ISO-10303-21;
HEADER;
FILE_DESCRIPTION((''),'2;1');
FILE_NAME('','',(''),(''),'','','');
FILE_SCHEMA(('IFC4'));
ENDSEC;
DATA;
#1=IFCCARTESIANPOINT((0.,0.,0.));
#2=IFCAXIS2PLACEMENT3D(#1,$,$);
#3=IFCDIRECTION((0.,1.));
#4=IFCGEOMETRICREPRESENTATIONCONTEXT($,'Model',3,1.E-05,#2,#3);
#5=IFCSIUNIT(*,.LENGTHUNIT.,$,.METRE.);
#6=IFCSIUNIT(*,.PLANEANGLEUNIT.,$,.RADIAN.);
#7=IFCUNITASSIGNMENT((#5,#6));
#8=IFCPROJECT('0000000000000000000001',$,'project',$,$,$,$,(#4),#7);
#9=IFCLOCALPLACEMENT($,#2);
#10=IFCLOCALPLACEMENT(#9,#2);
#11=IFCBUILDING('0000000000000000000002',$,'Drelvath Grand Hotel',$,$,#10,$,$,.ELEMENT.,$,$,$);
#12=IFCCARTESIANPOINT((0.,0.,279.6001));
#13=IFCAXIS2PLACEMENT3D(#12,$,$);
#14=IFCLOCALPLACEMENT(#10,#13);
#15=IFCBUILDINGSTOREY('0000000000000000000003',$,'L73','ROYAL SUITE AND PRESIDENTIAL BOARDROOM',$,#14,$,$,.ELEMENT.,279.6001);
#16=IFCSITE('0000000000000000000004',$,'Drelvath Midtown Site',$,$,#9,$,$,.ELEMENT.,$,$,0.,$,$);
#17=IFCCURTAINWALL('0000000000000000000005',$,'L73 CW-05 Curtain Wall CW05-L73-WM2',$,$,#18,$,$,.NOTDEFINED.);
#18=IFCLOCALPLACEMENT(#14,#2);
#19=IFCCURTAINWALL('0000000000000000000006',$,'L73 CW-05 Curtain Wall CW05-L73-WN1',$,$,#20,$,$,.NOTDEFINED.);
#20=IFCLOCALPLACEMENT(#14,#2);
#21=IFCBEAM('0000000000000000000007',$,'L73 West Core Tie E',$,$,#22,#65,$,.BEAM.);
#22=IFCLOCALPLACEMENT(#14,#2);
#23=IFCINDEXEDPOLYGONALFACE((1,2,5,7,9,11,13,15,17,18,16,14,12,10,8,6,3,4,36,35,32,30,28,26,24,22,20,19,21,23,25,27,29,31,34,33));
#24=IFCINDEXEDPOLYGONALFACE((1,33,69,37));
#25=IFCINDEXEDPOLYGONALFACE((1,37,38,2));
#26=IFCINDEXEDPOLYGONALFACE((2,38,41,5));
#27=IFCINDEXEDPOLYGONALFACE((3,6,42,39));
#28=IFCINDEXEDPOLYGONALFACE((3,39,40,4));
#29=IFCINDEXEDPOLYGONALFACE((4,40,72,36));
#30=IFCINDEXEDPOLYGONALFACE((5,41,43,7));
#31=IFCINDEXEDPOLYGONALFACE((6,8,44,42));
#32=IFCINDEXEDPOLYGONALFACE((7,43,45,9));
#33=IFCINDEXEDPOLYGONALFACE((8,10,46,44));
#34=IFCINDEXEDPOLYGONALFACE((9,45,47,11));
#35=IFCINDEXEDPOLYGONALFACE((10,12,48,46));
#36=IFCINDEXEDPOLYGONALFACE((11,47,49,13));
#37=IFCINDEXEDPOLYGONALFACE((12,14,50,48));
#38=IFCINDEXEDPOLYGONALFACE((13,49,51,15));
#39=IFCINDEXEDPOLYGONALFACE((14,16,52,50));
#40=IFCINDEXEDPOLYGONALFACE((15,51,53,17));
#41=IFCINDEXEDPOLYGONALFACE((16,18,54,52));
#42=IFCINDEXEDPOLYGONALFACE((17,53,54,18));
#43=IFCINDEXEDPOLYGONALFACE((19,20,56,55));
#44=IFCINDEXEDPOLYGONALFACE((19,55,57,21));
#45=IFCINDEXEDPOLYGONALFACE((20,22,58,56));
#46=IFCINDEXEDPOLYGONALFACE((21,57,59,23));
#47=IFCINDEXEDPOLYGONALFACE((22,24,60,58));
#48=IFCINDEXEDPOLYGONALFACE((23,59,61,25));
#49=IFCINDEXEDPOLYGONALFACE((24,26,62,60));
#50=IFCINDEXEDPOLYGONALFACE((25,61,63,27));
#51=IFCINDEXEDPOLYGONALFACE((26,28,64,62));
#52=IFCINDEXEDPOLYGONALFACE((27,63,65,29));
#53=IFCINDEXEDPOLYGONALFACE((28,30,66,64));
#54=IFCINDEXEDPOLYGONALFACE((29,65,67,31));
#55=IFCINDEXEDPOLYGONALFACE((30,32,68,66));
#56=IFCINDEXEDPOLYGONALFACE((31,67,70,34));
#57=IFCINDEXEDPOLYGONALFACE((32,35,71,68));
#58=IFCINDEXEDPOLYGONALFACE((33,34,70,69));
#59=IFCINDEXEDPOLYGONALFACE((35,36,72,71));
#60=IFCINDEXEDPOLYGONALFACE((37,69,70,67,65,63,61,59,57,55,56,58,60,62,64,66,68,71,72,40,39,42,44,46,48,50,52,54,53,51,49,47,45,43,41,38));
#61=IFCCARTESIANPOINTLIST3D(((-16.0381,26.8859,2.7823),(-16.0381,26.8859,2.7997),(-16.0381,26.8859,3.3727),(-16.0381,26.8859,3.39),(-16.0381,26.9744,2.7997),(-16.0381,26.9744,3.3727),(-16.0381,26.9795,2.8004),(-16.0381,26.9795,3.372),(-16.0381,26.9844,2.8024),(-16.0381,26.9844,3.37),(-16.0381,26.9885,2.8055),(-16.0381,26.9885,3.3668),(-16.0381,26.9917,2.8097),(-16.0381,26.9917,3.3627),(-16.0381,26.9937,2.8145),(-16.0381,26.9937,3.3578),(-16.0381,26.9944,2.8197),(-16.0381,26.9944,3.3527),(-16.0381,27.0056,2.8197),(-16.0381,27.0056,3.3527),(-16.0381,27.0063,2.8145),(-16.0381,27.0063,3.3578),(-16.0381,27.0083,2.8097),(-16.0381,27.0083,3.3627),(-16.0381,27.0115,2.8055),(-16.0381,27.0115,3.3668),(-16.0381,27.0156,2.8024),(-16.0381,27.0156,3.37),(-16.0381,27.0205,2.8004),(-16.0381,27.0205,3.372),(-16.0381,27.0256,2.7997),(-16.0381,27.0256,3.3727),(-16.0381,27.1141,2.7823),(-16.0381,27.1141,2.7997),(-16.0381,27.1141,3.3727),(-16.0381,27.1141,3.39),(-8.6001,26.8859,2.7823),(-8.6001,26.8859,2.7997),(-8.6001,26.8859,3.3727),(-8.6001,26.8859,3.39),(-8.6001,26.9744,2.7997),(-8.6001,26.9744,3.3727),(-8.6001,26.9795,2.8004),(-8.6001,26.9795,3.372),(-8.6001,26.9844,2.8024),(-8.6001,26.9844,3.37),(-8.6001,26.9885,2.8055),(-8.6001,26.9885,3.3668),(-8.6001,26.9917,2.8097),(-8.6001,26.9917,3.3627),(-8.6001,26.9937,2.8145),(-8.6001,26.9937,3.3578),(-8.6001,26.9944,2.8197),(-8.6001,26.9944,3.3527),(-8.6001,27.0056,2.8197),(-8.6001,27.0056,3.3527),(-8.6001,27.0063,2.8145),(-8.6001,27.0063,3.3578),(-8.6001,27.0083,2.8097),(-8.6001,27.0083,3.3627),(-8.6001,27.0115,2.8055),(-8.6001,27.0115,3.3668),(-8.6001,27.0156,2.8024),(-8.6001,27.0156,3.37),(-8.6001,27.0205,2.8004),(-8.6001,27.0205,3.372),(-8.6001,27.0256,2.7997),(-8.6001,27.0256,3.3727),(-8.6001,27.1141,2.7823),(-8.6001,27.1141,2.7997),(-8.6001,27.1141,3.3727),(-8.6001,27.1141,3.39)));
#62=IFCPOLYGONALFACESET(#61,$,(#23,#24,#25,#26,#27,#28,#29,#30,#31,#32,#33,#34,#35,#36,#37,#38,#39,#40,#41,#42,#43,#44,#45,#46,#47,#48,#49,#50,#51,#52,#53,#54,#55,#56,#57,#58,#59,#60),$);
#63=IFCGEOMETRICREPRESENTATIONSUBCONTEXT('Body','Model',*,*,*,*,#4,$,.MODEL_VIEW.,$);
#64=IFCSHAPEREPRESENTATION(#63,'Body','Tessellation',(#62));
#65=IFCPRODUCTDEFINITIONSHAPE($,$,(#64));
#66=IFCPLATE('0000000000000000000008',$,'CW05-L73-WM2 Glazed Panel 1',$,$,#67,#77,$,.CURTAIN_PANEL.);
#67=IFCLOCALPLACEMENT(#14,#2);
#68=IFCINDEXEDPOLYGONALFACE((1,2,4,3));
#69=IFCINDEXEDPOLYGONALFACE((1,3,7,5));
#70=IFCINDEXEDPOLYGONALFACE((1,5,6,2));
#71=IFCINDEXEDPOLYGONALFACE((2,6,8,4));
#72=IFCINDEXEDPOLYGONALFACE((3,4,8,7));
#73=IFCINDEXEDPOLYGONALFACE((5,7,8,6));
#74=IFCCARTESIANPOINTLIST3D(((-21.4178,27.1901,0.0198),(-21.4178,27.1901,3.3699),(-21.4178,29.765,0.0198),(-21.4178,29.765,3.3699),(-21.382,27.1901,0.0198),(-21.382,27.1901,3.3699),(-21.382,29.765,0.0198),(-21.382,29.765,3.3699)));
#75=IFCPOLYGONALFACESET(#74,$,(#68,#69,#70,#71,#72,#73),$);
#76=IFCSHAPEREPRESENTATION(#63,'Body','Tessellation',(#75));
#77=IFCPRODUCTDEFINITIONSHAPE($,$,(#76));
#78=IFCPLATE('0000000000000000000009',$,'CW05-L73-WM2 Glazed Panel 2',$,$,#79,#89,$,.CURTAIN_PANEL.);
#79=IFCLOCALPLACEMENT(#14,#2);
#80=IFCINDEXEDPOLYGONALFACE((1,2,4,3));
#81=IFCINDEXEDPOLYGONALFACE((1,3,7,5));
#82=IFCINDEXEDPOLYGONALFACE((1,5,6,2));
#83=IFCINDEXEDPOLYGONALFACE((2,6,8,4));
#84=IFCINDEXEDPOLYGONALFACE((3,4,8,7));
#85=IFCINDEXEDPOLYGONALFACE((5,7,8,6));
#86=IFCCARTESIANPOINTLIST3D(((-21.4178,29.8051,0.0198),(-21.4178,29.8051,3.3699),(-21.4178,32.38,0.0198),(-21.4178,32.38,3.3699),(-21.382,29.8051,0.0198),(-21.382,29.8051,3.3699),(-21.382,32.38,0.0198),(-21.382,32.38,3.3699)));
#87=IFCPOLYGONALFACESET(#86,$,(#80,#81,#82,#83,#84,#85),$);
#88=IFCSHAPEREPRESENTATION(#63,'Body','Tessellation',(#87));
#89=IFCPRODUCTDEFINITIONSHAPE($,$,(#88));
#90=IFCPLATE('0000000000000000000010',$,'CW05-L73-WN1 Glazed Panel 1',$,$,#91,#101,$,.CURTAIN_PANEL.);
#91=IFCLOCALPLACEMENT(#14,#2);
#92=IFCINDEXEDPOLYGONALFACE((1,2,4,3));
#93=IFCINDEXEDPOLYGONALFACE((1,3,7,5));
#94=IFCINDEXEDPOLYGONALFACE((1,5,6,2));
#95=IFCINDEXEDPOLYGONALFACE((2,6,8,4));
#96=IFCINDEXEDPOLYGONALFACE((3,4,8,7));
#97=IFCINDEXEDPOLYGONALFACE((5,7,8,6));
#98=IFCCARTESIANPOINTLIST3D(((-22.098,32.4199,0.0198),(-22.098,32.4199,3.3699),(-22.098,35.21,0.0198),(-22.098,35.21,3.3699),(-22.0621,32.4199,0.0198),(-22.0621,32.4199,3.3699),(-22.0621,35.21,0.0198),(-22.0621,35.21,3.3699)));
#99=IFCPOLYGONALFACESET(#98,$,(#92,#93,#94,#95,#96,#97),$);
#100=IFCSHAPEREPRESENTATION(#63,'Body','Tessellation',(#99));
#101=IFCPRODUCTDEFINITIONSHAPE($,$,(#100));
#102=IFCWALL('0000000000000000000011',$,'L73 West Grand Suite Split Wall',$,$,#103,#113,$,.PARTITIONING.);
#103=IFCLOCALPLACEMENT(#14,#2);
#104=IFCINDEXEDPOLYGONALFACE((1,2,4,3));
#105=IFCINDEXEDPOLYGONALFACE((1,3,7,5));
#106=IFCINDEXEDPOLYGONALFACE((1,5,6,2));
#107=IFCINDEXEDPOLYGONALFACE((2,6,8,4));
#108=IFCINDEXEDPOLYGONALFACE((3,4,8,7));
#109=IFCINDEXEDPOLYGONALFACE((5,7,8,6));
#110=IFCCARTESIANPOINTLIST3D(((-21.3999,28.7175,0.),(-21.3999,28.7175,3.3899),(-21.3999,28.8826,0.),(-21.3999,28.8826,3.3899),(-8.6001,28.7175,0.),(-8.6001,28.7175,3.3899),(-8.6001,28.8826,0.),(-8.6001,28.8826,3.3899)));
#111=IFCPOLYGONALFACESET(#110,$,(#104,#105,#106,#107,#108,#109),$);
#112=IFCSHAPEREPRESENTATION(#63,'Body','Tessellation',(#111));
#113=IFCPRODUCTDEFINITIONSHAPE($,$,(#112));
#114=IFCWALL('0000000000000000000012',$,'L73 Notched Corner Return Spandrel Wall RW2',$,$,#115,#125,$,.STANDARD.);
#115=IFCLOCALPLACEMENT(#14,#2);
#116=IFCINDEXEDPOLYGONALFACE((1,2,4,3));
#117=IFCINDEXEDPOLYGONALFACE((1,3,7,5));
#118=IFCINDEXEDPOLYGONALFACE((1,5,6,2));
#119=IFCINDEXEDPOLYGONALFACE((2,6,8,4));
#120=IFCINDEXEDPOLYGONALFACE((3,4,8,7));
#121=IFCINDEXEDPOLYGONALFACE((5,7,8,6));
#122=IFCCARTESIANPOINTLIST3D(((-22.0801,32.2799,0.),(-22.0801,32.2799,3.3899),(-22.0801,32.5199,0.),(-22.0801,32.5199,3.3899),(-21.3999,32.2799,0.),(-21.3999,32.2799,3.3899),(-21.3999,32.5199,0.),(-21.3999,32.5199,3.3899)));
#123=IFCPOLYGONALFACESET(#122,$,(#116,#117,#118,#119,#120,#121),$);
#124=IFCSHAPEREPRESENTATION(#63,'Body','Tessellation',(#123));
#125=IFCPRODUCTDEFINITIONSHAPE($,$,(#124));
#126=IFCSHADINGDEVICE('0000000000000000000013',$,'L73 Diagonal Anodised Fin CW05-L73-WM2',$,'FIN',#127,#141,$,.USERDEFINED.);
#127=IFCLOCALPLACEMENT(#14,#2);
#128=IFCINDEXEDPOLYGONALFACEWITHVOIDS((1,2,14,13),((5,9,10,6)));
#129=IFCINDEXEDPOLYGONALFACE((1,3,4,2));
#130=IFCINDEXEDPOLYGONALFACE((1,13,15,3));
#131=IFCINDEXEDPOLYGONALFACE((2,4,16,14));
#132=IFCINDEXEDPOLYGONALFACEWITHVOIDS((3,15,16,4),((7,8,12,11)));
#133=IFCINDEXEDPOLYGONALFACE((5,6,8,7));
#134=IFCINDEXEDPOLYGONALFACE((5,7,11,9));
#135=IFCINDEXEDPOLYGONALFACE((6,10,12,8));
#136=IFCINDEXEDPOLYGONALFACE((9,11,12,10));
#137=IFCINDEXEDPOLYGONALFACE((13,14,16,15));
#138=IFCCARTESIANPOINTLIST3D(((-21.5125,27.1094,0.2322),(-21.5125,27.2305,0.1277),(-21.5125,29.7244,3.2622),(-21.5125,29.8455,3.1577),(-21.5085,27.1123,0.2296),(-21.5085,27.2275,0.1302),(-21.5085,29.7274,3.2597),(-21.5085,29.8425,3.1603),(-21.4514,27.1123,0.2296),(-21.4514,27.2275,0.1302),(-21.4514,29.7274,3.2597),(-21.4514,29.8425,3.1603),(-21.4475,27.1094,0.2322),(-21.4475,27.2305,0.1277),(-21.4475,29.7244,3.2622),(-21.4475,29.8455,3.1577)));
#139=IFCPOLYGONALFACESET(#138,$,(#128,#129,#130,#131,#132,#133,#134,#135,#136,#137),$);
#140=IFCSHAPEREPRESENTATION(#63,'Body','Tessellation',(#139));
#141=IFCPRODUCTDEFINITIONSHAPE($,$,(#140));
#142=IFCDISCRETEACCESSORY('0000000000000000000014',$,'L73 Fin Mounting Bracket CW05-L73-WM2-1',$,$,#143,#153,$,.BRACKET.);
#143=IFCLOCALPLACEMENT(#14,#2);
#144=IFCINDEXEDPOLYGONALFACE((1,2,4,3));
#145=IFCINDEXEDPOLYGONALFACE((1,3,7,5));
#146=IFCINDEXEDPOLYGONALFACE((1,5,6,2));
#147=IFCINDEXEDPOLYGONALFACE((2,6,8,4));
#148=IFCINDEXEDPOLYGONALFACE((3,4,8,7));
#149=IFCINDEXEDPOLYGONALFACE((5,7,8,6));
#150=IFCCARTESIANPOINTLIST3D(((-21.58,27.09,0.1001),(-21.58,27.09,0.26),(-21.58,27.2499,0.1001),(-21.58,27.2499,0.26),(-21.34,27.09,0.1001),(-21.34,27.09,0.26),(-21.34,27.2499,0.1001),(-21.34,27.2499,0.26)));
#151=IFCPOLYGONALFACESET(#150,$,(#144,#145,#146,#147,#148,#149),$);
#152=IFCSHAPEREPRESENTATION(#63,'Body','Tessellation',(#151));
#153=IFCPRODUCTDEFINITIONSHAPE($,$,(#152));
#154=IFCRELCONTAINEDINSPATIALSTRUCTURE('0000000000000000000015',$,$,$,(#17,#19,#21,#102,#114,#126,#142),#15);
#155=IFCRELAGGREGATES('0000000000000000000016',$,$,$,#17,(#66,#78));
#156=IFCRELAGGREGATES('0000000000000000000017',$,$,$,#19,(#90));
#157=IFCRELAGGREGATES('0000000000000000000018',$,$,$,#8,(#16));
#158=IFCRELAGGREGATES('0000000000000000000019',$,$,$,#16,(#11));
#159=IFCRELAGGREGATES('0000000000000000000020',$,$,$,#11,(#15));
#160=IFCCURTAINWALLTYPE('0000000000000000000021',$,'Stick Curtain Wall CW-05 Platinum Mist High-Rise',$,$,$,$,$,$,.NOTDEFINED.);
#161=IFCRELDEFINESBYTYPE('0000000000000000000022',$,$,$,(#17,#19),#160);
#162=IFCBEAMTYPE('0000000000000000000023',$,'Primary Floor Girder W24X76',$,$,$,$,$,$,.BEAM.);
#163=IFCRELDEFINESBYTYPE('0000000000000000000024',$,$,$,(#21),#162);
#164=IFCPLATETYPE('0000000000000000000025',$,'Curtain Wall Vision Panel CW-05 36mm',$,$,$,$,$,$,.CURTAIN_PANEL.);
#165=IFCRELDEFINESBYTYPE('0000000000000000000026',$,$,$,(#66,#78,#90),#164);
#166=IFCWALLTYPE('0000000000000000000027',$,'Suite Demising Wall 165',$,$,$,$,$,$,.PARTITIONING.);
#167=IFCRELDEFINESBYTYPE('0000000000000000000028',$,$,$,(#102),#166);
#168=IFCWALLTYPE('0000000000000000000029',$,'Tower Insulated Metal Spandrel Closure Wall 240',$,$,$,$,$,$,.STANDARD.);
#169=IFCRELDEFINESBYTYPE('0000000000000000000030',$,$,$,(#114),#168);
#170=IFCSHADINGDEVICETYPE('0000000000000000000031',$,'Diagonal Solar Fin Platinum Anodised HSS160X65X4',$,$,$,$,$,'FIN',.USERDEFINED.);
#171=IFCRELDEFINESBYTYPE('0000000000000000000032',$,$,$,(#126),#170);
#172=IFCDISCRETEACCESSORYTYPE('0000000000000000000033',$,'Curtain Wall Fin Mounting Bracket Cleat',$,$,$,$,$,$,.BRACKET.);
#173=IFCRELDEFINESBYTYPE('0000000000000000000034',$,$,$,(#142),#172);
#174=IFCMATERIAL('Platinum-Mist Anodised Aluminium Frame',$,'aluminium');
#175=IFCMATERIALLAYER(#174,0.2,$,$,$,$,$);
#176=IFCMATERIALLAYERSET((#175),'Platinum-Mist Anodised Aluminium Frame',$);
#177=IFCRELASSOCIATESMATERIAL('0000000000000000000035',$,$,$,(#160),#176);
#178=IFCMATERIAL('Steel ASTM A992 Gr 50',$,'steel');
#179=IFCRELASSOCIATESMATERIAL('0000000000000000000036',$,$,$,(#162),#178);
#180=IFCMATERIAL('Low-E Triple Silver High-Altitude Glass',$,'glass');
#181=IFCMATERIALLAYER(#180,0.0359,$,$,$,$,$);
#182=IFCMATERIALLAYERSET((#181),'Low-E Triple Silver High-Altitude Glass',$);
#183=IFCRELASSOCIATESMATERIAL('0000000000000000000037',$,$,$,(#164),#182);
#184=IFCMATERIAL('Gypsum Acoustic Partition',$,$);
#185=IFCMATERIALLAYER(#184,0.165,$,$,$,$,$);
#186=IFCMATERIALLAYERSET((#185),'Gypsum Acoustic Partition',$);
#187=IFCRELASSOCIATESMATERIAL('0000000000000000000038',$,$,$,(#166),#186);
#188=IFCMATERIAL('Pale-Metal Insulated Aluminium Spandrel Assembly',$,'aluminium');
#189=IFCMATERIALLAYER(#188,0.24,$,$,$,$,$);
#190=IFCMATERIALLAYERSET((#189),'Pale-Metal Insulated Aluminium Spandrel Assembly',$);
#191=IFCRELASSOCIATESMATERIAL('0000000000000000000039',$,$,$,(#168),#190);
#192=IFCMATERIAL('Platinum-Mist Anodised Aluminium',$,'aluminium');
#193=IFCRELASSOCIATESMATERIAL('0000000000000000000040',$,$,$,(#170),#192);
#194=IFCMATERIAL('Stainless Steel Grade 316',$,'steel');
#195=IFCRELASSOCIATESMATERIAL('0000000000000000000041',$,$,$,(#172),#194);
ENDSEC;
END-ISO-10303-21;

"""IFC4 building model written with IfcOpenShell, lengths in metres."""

from ifc_helpers import new_model, si_unit, direction, frame, frame_2d, origin, origin_2d, place, context, subcontext, project, spatial, rectangle, hollow_rectangle, i_section, extrude, material, layer, layer_set, material_profile, profile_set, type_object, element, aggregate, save


model = new_model("IFC4")

# Units and contexts
model_context = context("Model", 3, precision=1e-05, world=origin(), true_north=direction((0.0, 1.0)))
body_context = subcontext(model_context, "Body", "Model", "MODEL_VIEW")
ifc_project = project(units=[si_unit("LENGTHUNIT", "METRE"), si_unit("PLANEANGLEUNIT", "RADIAN")], contexts=[model_context])

# Site, building, storey
site_placement = place(None, origin())
site = spatial("IfcSite", under=ifc_project, at=site_placement, Name="Drelvath Midtown Site", CompositionType="ELEMENT", RefElevation=0.0)
building_placement = place(site_placement, origin())
building = spatial("IfcBuilding", under=site, at=building_placement, Name="Drelvath Grand Hotel", CompositionType="ELEMENT")
storey_placement = place(building_placement, frame((0.0, 0.0, 279.6001)))
storey = spatial("IfcBuildingStorey", under=building, at=storey_placement, Name="L73", Description="ROYAL SUITE AND PRESIDENTIAL BOARDROOM", CompositionType="ELEMENT", Elevation=279.6001)

# Curtain walls
ifc_material_1 = material(Name="Platinum-Mist Anodised Aluminium Frame", Category="aluminium")
ifc_layer_1 = layer(ifc_material_1, 0.2)
ifc_layer_set_1 = layer_set([ifc_layer_1], Name="Platinum-Mist Anodised Aluminium Frame")
curtain_wall_type = type_object("IfcCurtainWallType", Name="Stick Curtain Wall CW-05 Platinum Mist High-Rise", PredefinedType="NOTDEFINED", material=ifc_layer_set_1)
curtain_wall_1_placement = place(storey_placement, origin())
curtain_wall_1 = element("IfcCurtainWall", 1, at=curtain_wall_1_placement, inside=storey, type_object=curtain_wall_type, Name="L73 CW-05 Curtain Wall CW05-L73-WM2", PredefinedType="NOTDEFINED")
curtain_wall_2_placement = place(storey_placement, origin())
curtain_wall_2 = element("IfcCurtainWall", 2, at=curtain_wall_2_placement, inside=storey, type_object=curtain_wall_type, Name="L73 CW-05 Curtain Wall CW05-L73-WN1", PredefinedType="NOTDEFINED")

# Beam
ifc_material_2 = material(Name="Steel ASTM A992 Gr 50", Category="steel")
ifc_material_profile_1 = material_profile(ifc_material_2, i_section(OverallWidth=0.2283, OverallDepth=0.6077, WebThickness=0.0112, FlangeThickness=0.0173, FilletRadius=0.02, at=origin_2d()), Name="W24X76")
ifc_profile_set_1 = profile_set([ifc_material_profile_1], Name="Steel ASTM A992 Gr 50")
beam_type_1 = type_object("IfcBeamType", Name="Primary Floor Girder W24X76", PredefinedType="BEAM", material=ifc_profile_set_1)
beam_1_placement = place(storey_placement, frame((-16.0381, 27.0, 3.0862), z_axis=(1.0, 0.0, 0.0), x_axis=(0.0, 1.0, 0.0)))
element("IfcBeam", 3, at=beam_1_placement, inside=storey, type_object=beam_type_1, Name="L73 West Core Tie E", PredefinedType="BEAM", context=body_context, shape_type="SweptSolid", body=[
    extrude(i_section(OverallWidth=0.2283, OverallDepth=0.6077, WebThickness=0.0112, FlangeThickness=0.0173, FilletRadius=0.02, at=origin_2d()), origin(), (0.0, 0.0, 1.0), 7.438),
])

# Plates
ifc_material_3 = material(Name="Low-E Triple Silver High-Altitude Glass", Category="glass")
ifc_layer_2 = layer(ifc_material_3, 0.0359)
ifc_layer_set_2 = layer_set([ifc_layer_2], Name="Low-E Triple Silver High-Altitude Glass")
plate_type = type_object("IfcPlateType", Name="Curtain Wall Vision Panel CW-05 36mm", PredefinedType="CURTAIN_PANEL", material=ifc_layer_set_2)
plate_1_placement = place(storey_placement, frame((-21.3999, 28.4775, 0.0198), z_axis=(0.0, 0.0, 1.0), x_axis=(0.0, 1.0, 0.0)))
plate_1 = element("IfcPlate", 4, at=plate_1_placement, type_object=plate_type, Name="CW05-L73-WM2 Glazed Panel 1", PredefinedType="CURTAIN_PANEL", context=body_context, shape_type="SweptSolid", body=[
    extrude(rectangle(XDim=2.575, YDim=0.0359, at=origin_2d()), origin(), (0.0, 0.0, 1.0), 3.3501),
])
plate_2_placement = place(storey_placement, frame((-21.3999, 31.0925, 0.0198), z_axis=(0.0, 0.0, 1.0), x_axis=(0.0, 1.0, 0.0)))
plate_2 = element("IfcPlate", 5, at=plate_2_placement, type_object=plate_type, Name="CW05-L73-WM2 Glazed Panel 2", PredefinedType="CURTAIN_PANEL", context=body_context, shape_type="SweptSolid", body=[
    extrude(rectangle(XDim=2.575, YDim=0.0359, at=origin_2d()), origin(), (0.0, 0.0, 1.0), 3.3501),
])
aggregate(curtain_wall_1, [plate_1, plate_2])
plate_3_placement = place(storey_placement, frame((-22.0801, 33.8149, 0.0198), z_axis=(0.0, 0.0, 1.0), x_axis=(0.0, 1.0, 0.0)))
plate_3 = element("IfcPlate", 6, at=plate_3_placement, type_object=plate_type, Name="CW05-L73-WN1 Glazed Panel 1", PredefinedType="CURTAIN_PANEL", context=body_context, shape_type="SweptSolid", body=[
    extrude(rectangle(XDim=2.79, YDim=0.0359, at=origin_2d()), origin(), (0.0, 0.0, 1.0), 3.3501),
])
aggregate(curtain_wall_2, [plate_3])

# Walls
ifc_material_4 = material(Name="Gypsum Acoustic Partition")
ifc_layer_3 = layer(ifc_material_4, 0.165)
ifc_layer_set_3 = layer_set([ifc_layer_3], Name="Gypsum Acoustic Partition")
wall_type_1 = type_object("IfcWallType", Name="Suite Demising Wall 165", PredefinedType="PARTITIONING", material=ifc_layer_set_3)
wall_1_placement = place(storey_placement, frame((-21.3999, 28.8, 0.0), z_axis=(0.0, 0.0, 1.0), x_axis=(1.0, 0.0, 0.0)))
element("IfcWall", 7, at=wall_1_placement, inside=storey, type_object=wall_type_1, Name="L73 West Grand Suite Split Wall", PredefinedType="PARTITIONING", context=body_context, shape_type="SweptSolid", body=[
    extrude(rectangle(XDim=12.7998, YDim=0.165, at=frame_2d((6.3999, 0.0))), origin(), (0.0, 0.0, 1.0), 3.3899),
])
ifc_material_5 = material(Name="Pale-Metal Insulated Aluminium Spandrel Assembly", Category="aluminium")
ifc_layer_4 = layer(ifc_material_5, 0.24)
ifc_layer_set_4 = layer_set([ifc_layer_4], Name="Pale-Metal Insulated Aluminium Spandrel Assembly")
wall_type_2 = type_object("IfcWallType", Name="Tower Insulated Metal Spandrel Closure Wall 240", PredefinedType="STANDARD", material=ifc_layer_set_4)
wall_2_placement = place(storey_placement, frame((-21.3999, 32.3999, 0.0), z_axis=(0.0, 0.0, 1.0), x_axis=(-1.0, 0.0, 0.0)))
element("IfcWall", 8, at=wall_2_placement, inside=storey, type_object=wall_type_2, Name="L73 Notched Corner Return Spandrel Wall RW2", PredefinedType="STANDARD", context=body_context, shape_type="SweptSolid", body=[
    extrude(rectangle(XDim=0.6802, YDim=0.24, at=frame_2d((0.3401, 0.0))), origin(), (0.0, 0.0, 1.0), 3.3899),
])

# Shading device
ifc_material_6 = material(Name="Platinum-Mist Anodised Aluminium", Category="aluminium")
ifc_material_profile_2 = material_profile(ifc_material_6, hollow_rectangle(XDim=0.0649, YDim=0.1599, WallThickness=0.0039, at=origin_2d()), Name="HSS160X65X4")
ifc_profile_set_2 = profile_set([ifc_material_profile_2], Name="Platinum-Mist Anodised Aluminium")
shading_device_type = type_object("IfcShadingDeviceType", Name="Diagonal Solar Fin Platinum Anodised HSS160X65X4", ElementType="FIN", PredefinedType="USERDEFINED", material=ifc_profile_set_2)
shading_device_placement = place(storey_placement, frame((-21.48, 27.1699, 0.1799), z_axis=(0.0, 0.653355, 0.757052), x_axis=(-1.0, 0.0, 0.0)))
element("IfcShadingDevice", 9, at=shading_device_placement, inside=storey, type_object=shading_device_type, Name="L73 Diagonal Anodised Fin CW05-L73-WM2", ObjectType="FIN", PredefinedType="USERDEFINED", context=body_context, shape_type="SweptSolid", body=[
    extrude(hollow_rectangle(XDim=0.0649, YDim=0.1599, WallThickness=0.0039, at=origin_2d()), origin(), (0.0, 0.0, 1.0), 4.0024),
])

# Discrete accessory
ifc_material_7 = material(Name="Stainless Steel Grade 316", Category="steel")
discrete_accessory_type = type_object("IfcDiscreteAccessoryType", Name="Curtain Wall Fin Mounting Bracket Cleat", PredefinedType="BRACKET", material=ifc_material_7)
discrete_accessory_placement = place(storey_placement, frame((-21.46, 27.1699, 0.1001), z_axis=(0.0, 0.0, 1.0), x_axis=(0.0, 1.0, 0.0)))
element("IfcDiscreteAccessory", 10, at=discrete_accessory_placement, inside=storey, type_object=discrete_accessory_type, Name="L73 Fin Mounting Bracket CW05-L73-WM2-1", PredefinedType="BRACKET", context=body_context, shape_type="SweptSolid", body=[
    extrude(rectangle(XDim=0.1599, YDim=0.24, at=origin_2d()), origin(), (0.0, 0.0, 1.0), 0.1599),
])

save(model, "model.ifc")
